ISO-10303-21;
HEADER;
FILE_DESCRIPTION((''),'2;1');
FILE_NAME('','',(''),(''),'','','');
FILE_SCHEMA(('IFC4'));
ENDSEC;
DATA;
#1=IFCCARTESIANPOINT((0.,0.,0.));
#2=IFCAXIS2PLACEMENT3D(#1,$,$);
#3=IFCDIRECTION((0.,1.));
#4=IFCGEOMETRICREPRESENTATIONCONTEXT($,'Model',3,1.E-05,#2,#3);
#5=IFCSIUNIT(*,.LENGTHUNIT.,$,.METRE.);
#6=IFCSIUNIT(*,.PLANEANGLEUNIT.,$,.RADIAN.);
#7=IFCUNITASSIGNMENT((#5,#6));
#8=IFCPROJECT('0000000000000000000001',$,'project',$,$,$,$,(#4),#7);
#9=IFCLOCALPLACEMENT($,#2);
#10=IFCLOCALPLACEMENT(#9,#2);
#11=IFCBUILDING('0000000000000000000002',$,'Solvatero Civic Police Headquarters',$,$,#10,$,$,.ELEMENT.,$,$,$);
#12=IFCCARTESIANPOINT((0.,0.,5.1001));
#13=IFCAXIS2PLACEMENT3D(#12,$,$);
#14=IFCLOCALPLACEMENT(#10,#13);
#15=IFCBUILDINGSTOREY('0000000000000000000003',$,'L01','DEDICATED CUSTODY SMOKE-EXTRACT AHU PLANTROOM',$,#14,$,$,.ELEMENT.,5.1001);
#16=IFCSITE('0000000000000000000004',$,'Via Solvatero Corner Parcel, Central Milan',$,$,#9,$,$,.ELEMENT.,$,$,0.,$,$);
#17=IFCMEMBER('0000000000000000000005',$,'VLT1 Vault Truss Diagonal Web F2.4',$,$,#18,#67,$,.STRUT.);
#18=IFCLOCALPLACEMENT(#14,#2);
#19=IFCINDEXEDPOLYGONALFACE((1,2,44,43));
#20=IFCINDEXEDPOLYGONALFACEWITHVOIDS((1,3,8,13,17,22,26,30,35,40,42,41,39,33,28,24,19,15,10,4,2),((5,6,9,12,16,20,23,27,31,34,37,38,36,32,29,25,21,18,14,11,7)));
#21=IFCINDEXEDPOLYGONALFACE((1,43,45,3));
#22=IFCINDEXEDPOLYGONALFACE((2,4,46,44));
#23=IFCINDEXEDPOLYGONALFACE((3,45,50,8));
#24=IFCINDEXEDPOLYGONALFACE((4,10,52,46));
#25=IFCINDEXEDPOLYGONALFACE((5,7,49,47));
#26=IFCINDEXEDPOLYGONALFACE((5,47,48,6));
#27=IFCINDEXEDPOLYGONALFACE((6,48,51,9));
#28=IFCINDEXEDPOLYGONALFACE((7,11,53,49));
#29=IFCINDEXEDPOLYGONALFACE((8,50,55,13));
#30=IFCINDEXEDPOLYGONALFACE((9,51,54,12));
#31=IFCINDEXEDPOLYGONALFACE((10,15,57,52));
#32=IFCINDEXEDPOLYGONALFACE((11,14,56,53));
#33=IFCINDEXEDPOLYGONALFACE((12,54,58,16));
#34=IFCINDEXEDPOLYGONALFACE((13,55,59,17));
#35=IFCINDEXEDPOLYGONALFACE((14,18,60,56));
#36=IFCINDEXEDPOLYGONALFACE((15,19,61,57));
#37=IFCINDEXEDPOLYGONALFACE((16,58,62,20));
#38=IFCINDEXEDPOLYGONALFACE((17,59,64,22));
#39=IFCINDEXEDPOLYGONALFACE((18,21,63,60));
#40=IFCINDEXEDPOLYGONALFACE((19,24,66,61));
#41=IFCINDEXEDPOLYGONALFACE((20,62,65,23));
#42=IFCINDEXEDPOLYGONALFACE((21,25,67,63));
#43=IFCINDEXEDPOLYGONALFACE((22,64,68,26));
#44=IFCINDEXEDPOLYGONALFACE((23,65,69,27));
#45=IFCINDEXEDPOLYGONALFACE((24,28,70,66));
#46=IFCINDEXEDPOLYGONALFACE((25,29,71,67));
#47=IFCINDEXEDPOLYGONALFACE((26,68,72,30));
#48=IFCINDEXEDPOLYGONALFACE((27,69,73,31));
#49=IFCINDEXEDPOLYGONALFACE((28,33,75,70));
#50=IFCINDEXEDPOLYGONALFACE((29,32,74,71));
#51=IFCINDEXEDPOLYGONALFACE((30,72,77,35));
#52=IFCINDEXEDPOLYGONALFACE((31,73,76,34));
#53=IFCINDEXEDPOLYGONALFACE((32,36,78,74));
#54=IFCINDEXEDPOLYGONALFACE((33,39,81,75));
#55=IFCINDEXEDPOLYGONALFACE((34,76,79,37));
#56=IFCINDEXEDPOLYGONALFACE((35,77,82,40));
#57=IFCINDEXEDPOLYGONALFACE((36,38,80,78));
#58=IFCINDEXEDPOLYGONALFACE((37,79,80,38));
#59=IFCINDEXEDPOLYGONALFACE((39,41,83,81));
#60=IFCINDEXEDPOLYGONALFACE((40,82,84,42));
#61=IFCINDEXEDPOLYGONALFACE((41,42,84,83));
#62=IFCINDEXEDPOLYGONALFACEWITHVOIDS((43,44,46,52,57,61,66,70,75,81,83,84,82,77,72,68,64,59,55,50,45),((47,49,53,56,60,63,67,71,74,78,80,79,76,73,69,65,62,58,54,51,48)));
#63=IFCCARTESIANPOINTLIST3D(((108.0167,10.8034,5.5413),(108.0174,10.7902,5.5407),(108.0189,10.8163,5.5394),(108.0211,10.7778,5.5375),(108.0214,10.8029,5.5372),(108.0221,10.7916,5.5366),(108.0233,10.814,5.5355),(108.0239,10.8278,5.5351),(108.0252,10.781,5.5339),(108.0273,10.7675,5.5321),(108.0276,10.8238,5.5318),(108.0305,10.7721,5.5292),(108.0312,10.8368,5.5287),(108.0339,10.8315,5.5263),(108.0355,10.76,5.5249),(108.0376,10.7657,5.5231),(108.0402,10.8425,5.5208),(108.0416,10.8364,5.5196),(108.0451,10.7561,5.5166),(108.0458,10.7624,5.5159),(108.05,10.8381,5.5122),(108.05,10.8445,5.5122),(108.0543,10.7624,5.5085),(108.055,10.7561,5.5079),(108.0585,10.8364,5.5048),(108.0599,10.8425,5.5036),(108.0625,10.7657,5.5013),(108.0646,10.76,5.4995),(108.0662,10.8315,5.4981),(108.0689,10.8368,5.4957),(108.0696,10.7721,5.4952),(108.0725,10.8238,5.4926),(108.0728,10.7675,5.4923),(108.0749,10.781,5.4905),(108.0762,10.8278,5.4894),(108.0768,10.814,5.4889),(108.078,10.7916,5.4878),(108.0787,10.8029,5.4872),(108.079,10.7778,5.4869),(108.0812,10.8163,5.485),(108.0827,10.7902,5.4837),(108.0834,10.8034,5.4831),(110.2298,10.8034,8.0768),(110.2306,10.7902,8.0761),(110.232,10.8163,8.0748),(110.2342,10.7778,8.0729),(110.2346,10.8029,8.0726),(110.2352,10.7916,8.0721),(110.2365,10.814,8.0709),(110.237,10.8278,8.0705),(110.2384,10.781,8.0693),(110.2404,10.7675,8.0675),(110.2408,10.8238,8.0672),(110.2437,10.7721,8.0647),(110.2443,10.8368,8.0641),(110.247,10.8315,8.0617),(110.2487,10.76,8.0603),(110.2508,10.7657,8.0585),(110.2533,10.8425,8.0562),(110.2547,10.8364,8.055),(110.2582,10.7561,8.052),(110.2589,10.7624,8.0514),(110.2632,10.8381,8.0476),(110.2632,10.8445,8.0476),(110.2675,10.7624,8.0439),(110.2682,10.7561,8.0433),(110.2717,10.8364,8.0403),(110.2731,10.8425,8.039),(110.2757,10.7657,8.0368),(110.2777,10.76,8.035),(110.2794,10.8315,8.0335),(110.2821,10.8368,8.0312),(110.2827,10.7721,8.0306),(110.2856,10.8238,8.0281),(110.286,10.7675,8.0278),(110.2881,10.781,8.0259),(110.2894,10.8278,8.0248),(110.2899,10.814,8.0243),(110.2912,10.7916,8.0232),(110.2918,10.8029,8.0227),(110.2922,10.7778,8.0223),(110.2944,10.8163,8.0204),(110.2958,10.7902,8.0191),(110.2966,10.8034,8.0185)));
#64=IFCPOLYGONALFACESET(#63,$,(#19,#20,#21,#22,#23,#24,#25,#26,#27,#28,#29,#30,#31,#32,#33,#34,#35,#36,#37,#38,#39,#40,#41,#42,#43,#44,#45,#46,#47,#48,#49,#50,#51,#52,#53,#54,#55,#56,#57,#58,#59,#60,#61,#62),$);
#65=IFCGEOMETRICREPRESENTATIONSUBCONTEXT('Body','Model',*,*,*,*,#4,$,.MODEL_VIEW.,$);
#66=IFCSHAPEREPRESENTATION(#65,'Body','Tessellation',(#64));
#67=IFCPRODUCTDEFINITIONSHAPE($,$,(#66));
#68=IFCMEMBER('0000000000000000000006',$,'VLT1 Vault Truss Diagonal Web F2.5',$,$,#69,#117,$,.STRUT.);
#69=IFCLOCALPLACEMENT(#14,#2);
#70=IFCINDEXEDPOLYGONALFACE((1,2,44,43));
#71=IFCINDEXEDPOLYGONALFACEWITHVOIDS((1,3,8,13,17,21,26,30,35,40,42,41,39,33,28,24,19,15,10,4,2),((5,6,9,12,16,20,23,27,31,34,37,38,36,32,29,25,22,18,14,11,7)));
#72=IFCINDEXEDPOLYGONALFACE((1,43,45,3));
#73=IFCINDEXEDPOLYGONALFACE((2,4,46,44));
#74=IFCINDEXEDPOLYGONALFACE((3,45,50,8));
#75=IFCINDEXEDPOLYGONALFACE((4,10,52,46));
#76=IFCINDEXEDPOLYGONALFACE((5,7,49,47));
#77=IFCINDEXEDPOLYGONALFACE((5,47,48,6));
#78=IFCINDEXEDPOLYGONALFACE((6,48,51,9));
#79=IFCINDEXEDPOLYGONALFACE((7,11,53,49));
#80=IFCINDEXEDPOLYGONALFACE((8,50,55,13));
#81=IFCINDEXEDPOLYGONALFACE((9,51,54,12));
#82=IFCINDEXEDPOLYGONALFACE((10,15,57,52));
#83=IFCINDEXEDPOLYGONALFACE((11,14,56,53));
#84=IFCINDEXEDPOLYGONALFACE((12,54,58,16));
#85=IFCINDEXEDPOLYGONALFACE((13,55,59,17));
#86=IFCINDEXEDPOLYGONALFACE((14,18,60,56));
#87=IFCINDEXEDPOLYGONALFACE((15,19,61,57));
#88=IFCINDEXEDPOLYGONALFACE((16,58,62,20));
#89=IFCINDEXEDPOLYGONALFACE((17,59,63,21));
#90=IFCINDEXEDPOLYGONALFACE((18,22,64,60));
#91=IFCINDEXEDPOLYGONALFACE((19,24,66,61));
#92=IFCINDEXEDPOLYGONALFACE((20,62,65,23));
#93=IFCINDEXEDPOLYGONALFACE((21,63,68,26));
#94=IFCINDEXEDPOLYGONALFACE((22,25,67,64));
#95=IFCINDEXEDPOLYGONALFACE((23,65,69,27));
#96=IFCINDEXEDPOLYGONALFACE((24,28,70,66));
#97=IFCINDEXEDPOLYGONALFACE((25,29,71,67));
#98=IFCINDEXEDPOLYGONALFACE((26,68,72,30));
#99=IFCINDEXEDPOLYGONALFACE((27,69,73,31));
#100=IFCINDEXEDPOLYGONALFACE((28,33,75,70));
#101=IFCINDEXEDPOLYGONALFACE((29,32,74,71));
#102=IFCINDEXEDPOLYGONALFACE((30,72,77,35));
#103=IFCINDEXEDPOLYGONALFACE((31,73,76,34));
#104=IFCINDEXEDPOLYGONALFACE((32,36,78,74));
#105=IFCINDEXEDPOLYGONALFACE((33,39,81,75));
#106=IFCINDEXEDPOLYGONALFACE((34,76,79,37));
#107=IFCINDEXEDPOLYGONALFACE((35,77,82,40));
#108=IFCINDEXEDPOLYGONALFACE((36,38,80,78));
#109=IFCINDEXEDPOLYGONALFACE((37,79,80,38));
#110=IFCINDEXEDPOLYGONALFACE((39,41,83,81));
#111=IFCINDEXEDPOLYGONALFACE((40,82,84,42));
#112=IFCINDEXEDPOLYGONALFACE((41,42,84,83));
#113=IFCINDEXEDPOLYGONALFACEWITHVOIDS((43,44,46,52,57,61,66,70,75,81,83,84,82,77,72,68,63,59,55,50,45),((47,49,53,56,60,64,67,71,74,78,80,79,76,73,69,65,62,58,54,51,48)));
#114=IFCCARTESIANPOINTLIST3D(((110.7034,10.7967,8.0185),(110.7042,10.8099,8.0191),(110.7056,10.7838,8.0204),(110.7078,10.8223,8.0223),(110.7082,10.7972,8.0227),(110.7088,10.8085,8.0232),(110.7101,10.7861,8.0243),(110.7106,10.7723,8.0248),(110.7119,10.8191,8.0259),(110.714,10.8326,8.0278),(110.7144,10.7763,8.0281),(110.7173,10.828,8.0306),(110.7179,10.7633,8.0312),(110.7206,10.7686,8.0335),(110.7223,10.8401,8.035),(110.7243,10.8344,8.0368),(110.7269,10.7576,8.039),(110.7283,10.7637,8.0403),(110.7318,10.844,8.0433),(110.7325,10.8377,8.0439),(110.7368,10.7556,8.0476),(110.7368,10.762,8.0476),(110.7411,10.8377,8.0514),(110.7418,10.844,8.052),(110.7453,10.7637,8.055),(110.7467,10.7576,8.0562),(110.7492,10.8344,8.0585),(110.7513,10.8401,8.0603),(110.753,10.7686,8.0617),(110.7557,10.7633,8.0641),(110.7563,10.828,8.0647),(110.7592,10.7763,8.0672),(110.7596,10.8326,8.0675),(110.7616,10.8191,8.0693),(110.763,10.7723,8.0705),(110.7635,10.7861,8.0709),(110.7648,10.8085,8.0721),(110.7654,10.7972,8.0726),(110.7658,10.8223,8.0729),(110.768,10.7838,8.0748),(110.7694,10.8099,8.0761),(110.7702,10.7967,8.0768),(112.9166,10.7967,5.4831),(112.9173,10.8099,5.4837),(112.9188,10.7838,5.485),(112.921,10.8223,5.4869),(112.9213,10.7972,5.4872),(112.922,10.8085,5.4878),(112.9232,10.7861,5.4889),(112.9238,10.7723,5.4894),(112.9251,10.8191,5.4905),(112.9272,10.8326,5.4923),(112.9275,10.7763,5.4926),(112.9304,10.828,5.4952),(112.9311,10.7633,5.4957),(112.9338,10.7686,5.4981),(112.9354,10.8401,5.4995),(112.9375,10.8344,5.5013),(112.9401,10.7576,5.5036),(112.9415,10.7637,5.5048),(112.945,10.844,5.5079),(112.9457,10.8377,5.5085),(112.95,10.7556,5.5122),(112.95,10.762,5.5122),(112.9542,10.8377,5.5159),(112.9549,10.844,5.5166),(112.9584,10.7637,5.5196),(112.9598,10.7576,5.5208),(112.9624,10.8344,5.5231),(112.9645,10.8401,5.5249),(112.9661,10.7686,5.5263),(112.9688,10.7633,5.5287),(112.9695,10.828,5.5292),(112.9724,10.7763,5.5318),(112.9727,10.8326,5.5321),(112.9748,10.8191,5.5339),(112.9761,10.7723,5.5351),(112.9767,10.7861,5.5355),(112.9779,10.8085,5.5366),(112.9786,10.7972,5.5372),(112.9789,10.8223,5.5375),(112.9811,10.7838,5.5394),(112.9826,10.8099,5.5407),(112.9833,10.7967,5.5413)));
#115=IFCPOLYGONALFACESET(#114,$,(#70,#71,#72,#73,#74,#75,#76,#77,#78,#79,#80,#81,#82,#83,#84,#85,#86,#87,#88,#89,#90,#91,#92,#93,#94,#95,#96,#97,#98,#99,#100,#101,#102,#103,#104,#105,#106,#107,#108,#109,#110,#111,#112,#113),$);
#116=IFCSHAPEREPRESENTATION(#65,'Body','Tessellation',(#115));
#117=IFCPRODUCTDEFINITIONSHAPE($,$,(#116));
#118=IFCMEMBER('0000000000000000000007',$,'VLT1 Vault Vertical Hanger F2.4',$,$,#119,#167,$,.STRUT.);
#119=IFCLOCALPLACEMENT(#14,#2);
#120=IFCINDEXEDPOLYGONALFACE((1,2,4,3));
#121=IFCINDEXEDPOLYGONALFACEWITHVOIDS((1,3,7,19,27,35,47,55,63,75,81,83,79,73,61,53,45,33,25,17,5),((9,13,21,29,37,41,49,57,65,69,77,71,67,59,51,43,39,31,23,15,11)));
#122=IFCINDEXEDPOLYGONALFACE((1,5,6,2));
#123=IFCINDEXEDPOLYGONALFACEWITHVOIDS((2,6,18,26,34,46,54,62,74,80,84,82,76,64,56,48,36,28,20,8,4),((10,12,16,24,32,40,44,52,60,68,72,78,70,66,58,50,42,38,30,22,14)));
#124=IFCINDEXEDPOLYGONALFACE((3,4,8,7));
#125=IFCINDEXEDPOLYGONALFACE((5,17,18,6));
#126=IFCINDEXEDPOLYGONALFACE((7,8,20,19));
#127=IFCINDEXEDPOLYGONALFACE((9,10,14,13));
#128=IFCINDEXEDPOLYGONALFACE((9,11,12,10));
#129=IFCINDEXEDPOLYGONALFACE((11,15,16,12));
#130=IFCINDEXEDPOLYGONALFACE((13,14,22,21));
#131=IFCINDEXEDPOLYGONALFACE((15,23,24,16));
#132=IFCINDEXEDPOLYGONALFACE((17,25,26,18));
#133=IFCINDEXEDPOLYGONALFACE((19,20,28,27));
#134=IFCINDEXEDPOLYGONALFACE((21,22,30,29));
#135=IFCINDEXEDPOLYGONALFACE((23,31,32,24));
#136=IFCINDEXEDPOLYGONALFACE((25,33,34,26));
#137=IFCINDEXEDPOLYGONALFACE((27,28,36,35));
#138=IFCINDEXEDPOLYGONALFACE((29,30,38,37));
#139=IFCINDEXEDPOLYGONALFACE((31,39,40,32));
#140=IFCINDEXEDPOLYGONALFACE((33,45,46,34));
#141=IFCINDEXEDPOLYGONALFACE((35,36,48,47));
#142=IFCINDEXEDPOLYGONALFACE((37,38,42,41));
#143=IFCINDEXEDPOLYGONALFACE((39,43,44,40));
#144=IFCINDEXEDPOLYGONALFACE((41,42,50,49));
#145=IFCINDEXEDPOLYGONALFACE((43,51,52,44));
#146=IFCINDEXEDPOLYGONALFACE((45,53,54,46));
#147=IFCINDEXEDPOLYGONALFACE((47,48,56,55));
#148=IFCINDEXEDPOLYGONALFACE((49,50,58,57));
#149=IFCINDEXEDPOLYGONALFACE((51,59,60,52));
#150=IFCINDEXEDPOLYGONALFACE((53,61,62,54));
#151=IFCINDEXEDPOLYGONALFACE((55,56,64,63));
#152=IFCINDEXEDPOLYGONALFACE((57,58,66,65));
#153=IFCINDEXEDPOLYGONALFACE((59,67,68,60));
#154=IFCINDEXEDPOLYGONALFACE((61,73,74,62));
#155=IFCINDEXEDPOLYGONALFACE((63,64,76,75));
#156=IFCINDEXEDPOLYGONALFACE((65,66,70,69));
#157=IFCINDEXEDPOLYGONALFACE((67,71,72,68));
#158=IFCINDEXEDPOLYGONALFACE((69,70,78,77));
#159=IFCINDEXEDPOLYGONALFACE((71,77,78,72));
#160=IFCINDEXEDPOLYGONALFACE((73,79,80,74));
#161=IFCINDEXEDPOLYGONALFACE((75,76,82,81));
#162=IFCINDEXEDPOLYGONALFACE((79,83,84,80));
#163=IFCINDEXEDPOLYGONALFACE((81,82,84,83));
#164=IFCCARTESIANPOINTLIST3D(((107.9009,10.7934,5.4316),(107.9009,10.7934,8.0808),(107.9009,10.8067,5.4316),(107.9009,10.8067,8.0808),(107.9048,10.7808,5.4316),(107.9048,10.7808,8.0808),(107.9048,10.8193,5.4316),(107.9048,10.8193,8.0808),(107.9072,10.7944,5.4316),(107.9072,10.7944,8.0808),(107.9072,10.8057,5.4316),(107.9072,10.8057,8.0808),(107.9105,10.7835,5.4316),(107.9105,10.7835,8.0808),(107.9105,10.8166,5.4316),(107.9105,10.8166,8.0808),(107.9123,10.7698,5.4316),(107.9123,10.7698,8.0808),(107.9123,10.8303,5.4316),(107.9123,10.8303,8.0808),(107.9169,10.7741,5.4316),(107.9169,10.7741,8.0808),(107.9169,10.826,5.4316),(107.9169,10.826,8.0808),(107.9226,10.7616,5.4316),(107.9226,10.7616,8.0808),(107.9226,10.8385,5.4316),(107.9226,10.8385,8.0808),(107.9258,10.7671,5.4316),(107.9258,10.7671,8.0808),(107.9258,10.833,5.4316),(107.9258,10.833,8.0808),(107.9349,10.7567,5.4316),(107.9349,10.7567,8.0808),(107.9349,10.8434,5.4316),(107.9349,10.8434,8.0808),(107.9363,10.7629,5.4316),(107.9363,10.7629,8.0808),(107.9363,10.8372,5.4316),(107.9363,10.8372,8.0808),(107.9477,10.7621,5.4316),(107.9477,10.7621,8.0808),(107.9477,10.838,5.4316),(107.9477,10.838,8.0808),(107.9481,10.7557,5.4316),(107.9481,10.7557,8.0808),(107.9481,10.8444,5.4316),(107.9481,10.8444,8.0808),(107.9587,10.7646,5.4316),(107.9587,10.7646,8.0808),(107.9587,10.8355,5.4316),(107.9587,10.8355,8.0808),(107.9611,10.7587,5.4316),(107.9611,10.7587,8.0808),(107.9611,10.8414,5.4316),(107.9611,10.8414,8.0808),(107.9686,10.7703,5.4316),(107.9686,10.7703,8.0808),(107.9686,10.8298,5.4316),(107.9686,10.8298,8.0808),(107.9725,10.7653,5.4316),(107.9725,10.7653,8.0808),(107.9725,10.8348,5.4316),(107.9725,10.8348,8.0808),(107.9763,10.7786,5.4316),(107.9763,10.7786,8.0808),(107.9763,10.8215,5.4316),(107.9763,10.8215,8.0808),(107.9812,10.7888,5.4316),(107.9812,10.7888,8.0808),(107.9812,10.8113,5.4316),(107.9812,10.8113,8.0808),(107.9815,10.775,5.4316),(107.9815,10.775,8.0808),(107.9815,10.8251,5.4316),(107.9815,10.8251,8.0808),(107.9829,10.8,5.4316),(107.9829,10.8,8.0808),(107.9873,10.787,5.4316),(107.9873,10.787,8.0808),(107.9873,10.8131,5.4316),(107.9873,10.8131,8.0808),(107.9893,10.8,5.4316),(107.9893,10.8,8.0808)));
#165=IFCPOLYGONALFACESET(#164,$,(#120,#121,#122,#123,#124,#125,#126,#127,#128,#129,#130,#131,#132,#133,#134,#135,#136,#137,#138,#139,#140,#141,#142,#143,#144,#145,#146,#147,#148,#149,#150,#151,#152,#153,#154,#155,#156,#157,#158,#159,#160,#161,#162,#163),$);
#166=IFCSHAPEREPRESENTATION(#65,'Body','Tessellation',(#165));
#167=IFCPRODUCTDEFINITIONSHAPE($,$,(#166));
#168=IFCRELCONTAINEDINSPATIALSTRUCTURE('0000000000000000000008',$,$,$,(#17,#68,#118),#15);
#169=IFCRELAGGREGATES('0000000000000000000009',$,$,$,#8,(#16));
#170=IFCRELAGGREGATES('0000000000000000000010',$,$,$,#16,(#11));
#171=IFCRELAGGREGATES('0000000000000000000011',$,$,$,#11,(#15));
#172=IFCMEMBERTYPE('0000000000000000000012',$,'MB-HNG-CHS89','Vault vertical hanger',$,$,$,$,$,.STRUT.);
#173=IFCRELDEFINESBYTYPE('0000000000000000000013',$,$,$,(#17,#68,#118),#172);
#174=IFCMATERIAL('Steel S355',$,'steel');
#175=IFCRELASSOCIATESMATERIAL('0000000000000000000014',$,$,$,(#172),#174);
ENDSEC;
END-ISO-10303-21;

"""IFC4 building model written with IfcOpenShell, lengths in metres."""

from ifc_helpers import new_model, si_unit, direction, frame, origin, origin_2d, place, context, subcontext, project, spatial, hollow_circle, extrude, material, material_profile, profile_set, type_object, element, save


model = new_model("IFC4")

# Units and contexts
model_context = context("Model", 3, precision=1e-05, world=origin(), true_north=direction((0.0, 1.0)))
body_context = subcontext(model_context, "Body", "Model", "MODEL_VIEW")
ifc_project = project(units=[si_unit("LENGTHUNIT", "METRE"), si_unit("PLANEANGLEUNIT", "RADIAN")], contexts=[model_context])

# Site, building, storey
site_placement = place(None, origin())
site = spatial("IfcSite", under=ifc_project, at=site_placement, Name="Via Solvatero Corner Parcel, Central Milan", CompositionType="ELEMENT", RefElevation=0.0)
building_placement = place(site_placement, origin())
building = spatial("IfcBuilding", under=site, at=building_placement, Name="Solvatero Civic Police Headquarters", CompositionType="ELEMENT")
storey_placement = place(building_placement, frame((0.0, 0.0, 5.1001)))
storey = spatial("IfcBuildingStorey", under=building, at=storey_placement, Name="L01", Description="DEDICATED CUSTODY SMOKE-EXTRACT AHU PLANTROOM", CompositionType="ELEMENT", Elevation=5.1001)

# Shared definitions
ifc_material_1 = material(Name="Steel S355", Category="steel")

# Members
ifc_material_profile_1 = material_profile(ifc_material_1, hollow_circle(Radius=0.0444, WallThickness=0.0063, at=origin_2d()), Name="CHS 88.9x6.3")
ifc_profile_set_1 = profile_set([ifc_material_profile_1], Name="Steel S355")
member_type_1 = type_object("IfcMemberType", Name="MB-HNG-CHS89", Description="Vault vertical hanger", PredefinedType="STRUT", material=ifc_profile_set_1)
for number, where, z_axis, x_axis, name in (
    (1, (108.05, 10.8, 5.5122), (0.657605, 0.0, 0.753363), (0.0, 1.0, 0.0), "VLT1 Vault Truss Diagonal Web F2.4"),
    (2, (112.95, 10.8, 5.5122), (-0.657605, 0.0, 0.753363), (0.0, -1.0, 0.0), "VLT1 Vault Truss Diagonal Web F2.5"),
):
    element("IfcMember", number, at=place(storey_placement, frame(where, z_axis=z_axis, x_axis=x_axis)), inside=storey, type_object=member_type_1, Name=name, PredefinedType="STRUT", context=body_context, shape_type="SweptSolid", body=[
        extrude(hollow_circle(Radius=0.0444, WallThickness=0.0063, at=origin_2d()), origin(), (0.0, 0.0, 1.0), 3.3655),
    ])
member_1_placement = place(storey_placement, frame((107.9448, 10.8, 5.4316), z_axis=(0.0, 0.0, 1.0), x_axis=(1.0, 0.0, 0.0)))
element("IfcMember", 3, at=member_1_placement, inside=storey, type_object=member_type_1, Name="VLT1 Vault Vertical Hanger F2.4", PredefinedType="STRUT", context=body_context, shape_type="SweptSolid", body=[
    extrude(hollow_circle(Radius=0.0444, WallThickness=0.0063, at=origin_2d()), origin(), (0.0, 0.0, 1.0), 2.6492),
])

save(model, "model.ifc")
